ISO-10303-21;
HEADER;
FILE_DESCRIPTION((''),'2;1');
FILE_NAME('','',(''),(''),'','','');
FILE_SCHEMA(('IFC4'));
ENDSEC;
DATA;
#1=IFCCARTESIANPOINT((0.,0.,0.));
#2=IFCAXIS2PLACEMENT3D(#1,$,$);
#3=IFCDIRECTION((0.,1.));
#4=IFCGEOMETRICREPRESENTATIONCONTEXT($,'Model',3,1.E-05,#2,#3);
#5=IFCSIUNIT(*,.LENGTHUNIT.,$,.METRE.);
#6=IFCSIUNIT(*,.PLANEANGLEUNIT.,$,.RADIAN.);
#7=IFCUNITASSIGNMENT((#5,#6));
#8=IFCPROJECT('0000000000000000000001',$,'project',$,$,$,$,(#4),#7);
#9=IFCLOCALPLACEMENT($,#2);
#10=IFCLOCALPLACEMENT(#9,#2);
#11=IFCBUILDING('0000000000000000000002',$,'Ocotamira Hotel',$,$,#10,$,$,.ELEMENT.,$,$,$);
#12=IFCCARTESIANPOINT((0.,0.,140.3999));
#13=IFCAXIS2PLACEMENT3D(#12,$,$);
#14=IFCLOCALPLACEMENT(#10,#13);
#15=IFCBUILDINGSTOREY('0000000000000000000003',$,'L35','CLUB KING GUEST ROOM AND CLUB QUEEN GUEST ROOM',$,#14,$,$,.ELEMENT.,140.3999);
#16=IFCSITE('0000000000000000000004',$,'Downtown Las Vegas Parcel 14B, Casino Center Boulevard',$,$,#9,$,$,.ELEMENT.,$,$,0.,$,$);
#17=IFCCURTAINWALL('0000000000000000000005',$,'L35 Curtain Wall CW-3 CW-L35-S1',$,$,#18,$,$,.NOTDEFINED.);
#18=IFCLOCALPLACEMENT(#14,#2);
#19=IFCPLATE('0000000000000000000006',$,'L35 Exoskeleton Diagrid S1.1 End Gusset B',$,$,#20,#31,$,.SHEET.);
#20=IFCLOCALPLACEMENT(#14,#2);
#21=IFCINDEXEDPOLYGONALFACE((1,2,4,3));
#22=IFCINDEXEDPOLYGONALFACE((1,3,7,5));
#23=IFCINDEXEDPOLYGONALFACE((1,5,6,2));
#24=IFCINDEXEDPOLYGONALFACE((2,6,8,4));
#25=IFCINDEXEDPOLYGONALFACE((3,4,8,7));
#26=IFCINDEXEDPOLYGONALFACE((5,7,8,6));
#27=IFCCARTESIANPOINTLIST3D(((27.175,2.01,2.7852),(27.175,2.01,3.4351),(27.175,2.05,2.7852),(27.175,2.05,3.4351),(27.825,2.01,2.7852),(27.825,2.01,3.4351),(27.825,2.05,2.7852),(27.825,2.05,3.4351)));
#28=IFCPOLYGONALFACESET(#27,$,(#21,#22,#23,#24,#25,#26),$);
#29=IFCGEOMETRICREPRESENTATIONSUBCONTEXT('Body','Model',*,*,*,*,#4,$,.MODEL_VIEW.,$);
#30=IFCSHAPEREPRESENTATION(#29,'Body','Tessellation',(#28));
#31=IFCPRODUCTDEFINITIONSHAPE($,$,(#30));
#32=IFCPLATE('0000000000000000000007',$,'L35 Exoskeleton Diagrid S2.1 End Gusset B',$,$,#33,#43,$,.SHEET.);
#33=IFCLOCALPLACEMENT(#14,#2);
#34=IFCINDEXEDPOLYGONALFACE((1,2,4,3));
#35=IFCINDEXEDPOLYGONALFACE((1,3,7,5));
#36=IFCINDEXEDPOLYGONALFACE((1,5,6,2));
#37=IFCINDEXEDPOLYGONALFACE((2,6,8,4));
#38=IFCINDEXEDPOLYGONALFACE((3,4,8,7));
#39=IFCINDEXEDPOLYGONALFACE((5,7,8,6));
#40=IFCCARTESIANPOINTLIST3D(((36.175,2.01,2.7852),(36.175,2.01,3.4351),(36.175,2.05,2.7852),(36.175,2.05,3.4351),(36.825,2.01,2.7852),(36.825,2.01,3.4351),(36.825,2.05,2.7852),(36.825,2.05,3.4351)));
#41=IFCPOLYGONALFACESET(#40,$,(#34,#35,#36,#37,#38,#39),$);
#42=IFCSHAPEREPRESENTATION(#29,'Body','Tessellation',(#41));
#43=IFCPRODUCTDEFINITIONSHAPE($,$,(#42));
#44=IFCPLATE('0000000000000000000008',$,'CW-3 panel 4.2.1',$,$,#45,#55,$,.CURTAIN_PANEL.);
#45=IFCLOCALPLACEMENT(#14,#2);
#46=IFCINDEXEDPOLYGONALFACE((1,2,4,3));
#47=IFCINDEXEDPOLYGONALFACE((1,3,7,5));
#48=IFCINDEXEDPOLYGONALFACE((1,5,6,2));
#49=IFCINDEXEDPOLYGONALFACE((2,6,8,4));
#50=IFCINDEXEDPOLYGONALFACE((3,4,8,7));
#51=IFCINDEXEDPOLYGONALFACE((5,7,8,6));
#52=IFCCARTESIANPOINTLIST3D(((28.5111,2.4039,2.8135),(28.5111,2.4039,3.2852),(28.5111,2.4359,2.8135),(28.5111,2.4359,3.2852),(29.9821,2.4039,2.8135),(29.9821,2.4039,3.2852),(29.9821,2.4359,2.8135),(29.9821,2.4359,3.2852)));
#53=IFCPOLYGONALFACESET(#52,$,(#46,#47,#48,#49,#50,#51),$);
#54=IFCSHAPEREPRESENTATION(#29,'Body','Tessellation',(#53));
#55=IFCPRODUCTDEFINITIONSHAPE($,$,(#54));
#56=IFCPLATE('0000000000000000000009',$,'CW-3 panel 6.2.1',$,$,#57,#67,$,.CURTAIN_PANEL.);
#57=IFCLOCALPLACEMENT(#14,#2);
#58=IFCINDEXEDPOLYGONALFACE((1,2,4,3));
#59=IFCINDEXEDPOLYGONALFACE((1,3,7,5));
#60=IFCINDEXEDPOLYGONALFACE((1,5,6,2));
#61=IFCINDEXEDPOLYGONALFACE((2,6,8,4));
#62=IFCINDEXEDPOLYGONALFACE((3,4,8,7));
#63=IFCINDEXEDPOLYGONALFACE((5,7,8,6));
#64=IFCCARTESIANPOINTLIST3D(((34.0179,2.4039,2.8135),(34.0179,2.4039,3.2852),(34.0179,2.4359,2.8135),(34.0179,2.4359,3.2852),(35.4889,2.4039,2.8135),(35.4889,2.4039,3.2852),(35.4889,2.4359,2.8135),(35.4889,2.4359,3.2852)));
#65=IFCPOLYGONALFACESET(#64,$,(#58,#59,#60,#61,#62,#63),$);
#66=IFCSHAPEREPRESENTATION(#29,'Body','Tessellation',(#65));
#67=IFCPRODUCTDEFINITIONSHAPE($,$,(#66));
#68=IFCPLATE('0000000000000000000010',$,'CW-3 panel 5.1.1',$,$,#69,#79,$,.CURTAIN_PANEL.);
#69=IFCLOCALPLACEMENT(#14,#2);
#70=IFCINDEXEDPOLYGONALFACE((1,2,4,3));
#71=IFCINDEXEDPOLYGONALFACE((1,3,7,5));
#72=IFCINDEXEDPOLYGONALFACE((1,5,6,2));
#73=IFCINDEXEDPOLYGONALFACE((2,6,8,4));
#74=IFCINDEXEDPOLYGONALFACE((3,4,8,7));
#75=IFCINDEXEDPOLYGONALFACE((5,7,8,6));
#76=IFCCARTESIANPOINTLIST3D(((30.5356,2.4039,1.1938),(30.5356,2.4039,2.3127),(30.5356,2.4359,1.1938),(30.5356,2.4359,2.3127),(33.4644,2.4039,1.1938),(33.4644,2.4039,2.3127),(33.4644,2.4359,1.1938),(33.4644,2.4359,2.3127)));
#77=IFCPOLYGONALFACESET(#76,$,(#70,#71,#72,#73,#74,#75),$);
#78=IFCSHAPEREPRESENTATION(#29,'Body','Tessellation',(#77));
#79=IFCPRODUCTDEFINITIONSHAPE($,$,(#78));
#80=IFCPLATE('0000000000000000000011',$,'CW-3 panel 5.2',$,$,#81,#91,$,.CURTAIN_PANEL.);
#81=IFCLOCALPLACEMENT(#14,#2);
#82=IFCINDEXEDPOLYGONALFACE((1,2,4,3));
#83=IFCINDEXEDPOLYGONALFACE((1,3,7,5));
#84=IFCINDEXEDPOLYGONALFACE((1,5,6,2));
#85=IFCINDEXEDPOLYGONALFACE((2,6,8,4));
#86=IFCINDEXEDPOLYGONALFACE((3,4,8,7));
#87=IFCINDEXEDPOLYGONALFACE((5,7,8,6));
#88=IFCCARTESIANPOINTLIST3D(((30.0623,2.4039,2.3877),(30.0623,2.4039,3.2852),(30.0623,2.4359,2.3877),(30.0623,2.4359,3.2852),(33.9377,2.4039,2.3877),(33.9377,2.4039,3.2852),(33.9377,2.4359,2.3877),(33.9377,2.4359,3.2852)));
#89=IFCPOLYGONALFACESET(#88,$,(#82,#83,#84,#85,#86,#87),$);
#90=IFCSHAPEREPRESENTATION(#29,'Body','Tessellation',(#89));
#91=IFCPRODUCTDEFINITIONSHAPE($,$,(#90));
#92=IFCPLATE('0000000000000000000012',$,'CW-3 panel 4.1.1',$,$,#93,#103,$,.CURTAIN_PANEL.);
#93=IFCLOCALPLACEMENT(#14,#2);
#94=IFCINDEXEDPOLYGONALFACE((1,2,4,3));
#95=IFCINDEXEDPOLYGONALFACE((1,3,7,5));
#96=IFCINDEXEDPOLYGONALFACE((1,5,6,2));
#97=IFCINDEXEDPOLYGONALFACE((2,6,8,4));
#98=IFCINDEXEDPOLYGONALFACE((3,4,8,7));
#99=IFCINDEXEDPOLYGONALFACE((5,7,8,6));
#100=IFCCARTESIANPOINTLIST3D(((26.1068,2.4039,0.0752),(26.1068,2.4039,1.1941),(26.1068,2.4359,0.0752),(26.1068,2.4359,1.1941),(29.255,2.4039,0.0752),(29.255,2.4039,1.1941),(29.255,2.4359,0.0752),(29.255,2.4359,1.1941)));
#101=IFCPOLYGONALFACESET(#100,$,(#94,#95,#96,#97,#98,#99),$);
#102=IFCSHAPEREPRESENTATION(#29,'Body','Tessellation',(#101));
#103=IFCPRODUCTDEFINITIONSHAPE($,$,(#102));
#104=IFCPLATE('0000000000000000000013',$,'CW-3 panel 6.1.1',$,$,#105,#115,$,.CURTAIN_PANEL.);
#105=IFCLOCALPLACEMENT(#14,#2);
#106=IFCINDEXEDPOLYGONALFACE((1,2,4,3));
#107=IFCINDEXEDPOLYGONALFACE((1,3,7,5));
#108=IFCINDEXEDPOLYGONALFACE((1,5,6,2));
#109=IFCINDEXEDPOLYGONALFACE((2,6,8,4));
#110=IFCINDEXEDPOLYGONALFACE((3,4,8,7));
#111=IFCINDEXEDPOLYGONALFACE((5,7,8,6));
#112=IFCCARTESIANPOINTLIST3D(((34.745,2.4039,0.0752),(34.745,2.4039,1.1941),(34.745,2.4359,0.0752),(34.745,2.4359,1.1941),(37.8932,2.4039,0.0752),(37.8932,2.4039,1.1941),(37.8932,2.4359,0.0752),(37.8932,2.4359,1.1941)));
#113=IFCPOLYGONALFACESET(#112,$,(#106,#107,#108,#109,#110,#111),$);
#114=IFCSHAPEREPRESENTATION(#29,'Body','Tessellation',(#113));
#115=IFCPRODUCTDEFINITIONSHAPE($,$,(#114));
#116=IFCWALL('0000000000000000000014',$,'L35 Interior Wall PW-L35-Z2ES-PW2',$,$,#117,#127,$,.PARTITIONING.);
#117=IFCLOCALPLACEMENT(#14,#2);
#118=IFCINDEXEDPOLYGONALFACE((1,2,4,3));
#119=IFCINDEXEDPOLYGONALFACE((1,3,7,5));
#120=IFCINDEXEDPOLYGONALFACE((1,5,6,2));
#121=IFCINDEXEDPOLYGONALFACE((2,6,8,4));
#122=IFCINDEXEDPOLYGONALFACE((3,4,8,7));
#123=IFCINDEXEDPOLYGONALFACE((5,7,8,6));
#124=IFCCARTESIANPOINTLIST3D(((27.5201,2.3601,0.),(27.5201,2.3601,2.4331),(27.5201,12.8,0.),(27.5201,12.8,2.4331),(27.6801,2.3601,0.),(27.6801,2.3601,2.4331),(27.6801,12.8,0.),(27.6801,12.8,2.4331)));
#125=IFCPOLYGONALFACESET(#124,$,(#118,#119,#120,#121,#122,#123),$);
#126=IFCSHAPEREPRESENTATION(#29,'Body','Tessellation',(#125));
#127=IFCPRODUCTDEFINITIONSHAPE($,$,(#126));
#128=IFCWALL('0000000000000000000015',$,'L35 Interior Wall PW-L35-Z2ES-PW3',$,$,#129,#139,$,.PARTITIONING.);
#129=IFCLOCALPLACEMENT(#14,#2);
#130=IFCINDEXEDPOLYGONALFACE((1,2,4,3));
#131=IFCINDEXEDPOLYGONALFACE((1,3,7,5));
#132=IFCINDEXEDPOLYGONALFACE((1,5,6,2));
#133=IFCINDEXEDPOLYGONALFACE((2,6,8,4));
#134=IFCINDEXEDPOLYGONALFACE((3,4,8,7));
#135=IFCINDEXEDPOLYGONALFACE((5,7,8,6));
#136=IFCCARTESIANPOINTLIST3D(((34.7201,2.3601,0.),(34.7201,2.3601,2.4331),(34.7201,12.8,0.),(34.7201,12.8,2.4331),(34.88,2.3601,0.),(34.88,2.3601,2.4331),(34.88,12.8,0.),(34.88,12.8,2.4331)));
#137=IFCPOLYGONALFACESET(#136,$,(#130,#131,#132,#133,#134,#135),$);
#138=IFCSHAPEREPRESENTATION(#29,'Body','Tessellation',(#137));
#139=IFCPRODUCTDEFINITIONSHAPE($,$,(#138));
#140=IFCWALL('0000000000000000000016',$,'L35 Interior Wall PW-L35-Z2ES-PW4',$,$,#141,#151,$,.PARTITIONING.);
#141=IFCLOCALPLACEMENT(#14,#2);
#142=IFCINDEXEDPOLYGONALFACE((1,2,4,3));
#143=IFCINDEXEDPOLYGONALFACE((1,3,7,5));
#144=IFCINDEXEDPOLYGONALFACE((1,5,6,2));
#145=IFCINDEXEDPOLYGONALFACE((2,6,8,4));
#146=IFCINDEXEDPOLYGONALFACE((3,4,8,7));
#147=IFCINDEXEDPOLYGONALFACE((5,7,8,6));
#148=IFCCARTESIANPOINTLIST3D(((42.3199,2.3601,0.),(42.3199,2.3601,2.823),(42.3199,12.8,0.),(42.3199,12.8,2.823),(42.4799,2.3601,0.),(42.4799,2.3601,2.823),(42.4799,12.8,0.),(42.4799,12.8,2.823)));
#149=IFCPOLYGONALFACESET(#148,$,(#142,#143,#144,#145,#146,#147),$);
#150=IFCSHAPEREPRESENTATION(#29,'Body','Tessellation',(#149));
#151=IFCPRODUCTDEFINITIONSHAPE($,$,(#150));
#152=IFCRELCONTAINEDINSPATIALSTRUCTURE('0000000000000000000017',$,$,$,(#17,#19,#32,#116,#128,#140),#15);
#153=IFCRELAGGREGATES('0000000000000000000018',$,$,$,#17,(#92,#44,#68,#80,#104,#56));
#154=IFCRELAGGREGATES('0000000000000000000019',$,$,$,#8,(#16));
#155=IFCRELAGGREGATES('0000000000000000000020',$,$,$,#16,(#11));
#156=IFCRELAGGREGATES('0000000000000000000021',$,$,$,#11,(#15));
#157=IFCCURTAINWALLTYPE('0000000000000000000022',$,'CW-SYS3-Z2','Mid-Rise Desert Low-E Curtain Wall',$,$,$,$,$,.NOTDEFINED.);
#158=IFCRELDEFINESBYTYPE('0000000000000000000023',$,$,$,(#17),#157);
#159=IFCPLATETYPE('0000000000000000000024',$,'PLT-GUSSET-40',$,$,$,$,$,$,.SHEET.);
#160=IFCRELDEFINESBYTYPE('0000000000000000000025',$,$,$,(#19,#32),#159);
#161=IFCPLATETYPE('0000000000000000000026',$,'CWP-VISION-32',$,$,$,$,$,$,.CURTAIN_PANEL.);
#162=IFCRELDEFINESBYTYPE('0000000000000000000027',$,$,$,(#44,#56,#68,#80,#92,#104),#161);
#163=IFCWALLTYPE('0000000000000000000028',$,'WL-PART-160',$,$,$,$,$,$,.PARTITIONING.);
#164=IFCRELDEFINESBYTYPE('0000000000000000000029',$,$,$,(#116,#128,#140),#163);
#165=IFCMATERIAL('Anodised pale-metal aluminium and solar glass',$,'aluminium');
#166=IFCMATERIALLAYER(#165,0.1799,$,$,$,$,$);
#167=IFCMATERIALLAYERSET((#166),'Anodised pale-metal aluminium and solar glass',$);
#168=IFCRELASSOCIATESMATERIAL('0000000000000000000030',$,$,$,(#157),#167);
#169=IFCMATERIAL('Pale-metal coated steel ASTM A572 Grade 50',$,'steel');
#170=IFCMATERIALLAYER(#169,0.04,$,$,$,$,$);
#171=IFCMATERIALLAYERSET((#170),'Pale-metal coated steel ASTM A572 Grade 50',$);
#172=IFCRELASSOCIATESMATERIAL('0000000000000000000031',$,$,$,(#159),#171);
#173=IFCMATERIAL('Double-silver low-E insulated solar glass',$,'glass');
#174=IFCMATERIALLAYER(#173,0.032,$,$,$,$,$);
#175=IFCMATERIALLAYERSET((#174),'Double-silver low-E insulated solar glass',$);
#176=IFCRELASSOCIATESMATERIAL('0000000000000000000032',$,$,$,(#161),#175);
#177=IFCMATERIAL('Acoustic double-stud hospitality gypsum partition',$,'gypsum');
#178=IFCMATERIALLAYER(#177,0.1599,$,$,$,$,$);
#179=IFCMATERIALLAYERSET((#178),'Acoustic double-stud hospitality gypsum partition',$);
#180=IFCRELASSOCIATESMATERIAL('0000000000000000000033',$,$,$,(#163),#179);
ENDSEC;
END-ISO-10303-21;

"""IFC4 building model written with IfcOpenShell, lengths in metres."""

from ifc_helpers import new_model, si_unit, direction, frame, frame_2d, origin, origin_2d, place, context, subcontext, project, spatial, rectangle, extrude, source, transform, mapped, material, layer, layer_set, type_object, element, aggregate, save


model = new_model("IFC4")

# Units and contexts
model_context = context("Model", 3, precision=1e-05, world=origin(), true_north=direction((0.0, 1.0)))
body_context = subcontext(model_context, "Body", "Model", "MODEL_VIEW")
ifc_project = project(units=[si_unit("LENGTHUNIT", "METRE"), si_unit("PLANEANGLEUNIT", "RADIAN")], contexts=[model_context])

# Site, building, storey
site_placement = place(None, origin())
site = spatial("IfcSite", under=ifc_project, at=site_placement, Name="Downtown Las Vegas Parcel 14B, Casino Center Boulevard", CompositionType="ELEMENT", RefElevation=0.0)
building_placement = place(site_placement, origin())
building = spatial("IfcBuilding", under=site, at=building_placement, Name="Ocotamira Hotel", CompositionType="ELEMENT")
storey_placement = place(building_placement, frame((0.0, 0.0, 140.3999)))
storey = spatial("IfcBuildingStorey", under=building, at=storey_placement, Name="L35", Description="CLUB KING GUEST ROOM AND CLUB QUEEN GUEST ROOM", CompositionType="ELEMENT", Elevation=140.3999)

# Curtain wall
ifc_material_1 = material(Name="Anodised pale-metal aluminium and solar glass", Category="aluminium")
ifc_layer_1 = layer(ifc_material_1, 0.1799)
ifc_layer_set_1 = layer_set([ifc_layer_1], Name="Anodised pale-metal aluminium and solar glass")
curtain_wall_type = type_object("IfcCurtainWallType", Name="CW-SYS3-Z2", Description="Mid-Rise Desert Low-E Curtain Wall", PredefinedType="NOTDEFINED", material=ifc_layer_set_1)
curtain_wall_placement = place(storey_placement, origin())
curtain_wall = element("IfcCurtainWall", 1, at=curtain_wall_placement, inside=storey, type_object=curtain_wall_type, Name="L35 Curtain Wall CW-3 CW-L35-S1", PredefinedType="NOTDEFINED")

# Plates
ifc_material_2 = material(Name="Pale-metal coated steel ASTM A572 Grade 50", Category="steel")
ifc_layer_2 = layer(ifc_material_2, 0.04)
ifc_layer_set_2 = layer_set([ifc_layer_2], Name="Pale-metal coated steel ASTM A572 Grade 50")
plate_type_1 = type_object("IfcPlateType", Name="PLT-GUSSET-40", PredefinedType="SHEET", material=ifc_layer_set_2)
shared_shape_1 = source(origin(), body_context, "Body", "SweptSolid", [
    extrude(rectangle(XDim=0.6499, YDim=0.04, at=origin_2d()), origin(), (0.0, 0.0, 1.0), 0.6499),
])
for number, where, z_axis, x_axis, name in (
    (2, (27.5, 2.03, 2.7852), (0.0, 0.0, 1.0), (1.0, 0.0, 0.0), "L35 Exoskeleton Diagrid S1.1 End Gusset B"),
    (3, (36.5, 2.03, 2.7852), (0.0, 0.0, 1.0), (1.0, 0.0, 0.0), "L35 Exoskeleton Diagrid S2.1 End Gusset B"),
):
    element("IfcPlate", number, at=place(storey_placement, frame(where, z_axis=z_axis, x_axis=x_axis)), inside=storey, type_object=plate_type_1, Name=name, PredefinedType="SHEET", context=body_context, shape_type="MappedRepresentation", body=[
        mapped(shared_shape_1, transform((0.0, 0.0, 0.0), scale=1.0)),
    ])

# Plates
ifc_material_3 = material(Name="Double-silver low-E insulated solar glass", Category="glass")
ifc_layer_3 = layer(ifc_material_3, 0.032)
ifc_layer_set_3 = layer_set([ifc_layer_3], Name="Double-silver low-E insulated solar glass")
plate_type_2 = type_object("IfcPlateType", Name="CWP-VISION-32", PredefinedType="CURTAIN_PANEL", material=ifc_layer_set_3)
shared_shape_2 = source(origin(), body_context, "Body", "SweptSolid", [
    extrude(rectangle(XDim=1.4709, YDim=0.032, at=origin_2d()), origin(), (0.0, 0.0, 1.0), 0.4717),
])
plate_1_placement = place(storey_placement, frame((29.2466, 2.4199, 2.8135), z_axis=(0.0, 0.0, 1.0), x_axis=(1.0, 0.0, 0.0)))
plate_1 = element("IfcPlate", 4, at=plate_1_placement, type_object=plate_type_2, Name="CW-3 panel 4.2.1", PredefinedType="CURTAIN_PANEL", context=body_context, shape_type="MappedRepresentation", body=[
    mapped(shared_shape_2, transform((0.0, 0.0, 0.0), scale=1.0)),
])
plate_2_placement = place(storey_placement, frame((34.7534, 2.4199, 2.8135), z_axis=(0.0, 0.0, 1.0), x_axis=(1.0, 0.0, 0.0)))
plate_2 = element("IfcPlate", 5, at=plate_2_placement, type_object=plate_type_2, Name="CW-3 panel 6.2.1", PredefinedType="CURTAIN_PANEL", context=body_context, shape_type="MappedRepresentation", body=[
    mapped(shared_shape_2, transform((0.0, 0.0, 0.0), scale=1.0)),
])
shared_shape_3 = source(origin(), body_context, "Body", "SweptSolid", [
    extrude(rectangle(XDim=2.9287, YDim=0.032, at=origin_2d()), origin(), (0.0, 0.0, 1.0), 1.1189),
])
plate_3_placement = place(storey_placement, frame((32.0, 2.4199, 1.1938), z_axis=(0.0, 0.0, 1.0), x_axis=(1.0, 0.0, 0.0)))
plate_3 = element("IfcPlate", 6, at=plate_3_placement, type_object=plate_type_2, Name="CW-3 panel 5.1.1", PredefinedType="CURTAIN_PANEL", context=body_context, shape_type="MappedRepresentation", body=[
    mapped(shared_shape_3, transform((0.0, 0.0, 0.0), scale=1.0)),
])
shared_shape_4 = source(origin(), body_context, "Body", "SweptSolid", [
    extrude(rectangle(XDim=3.8755, YDim=0.032, at=origin_2d()), origin(), (0.0, 0.0, 1.0), 0.8975),
])
plate_4_placement = place(storey_placement, frame((32.0, 2.4199, 2.3877), z_axis=(0.0, 0.0, 1.0), x_axis=(1.0, 0.0, 0.0)))
plate_4 = element("IfcPlate", 7, at=plate_4_placement, type_object=plate_type_2, Name="CW-3 panel 5.2", PredefinedType="CURTAIN_PANEL", context=body_context, shape_type="MappedRepresentation", body=[
    mapped(shared_shape_4, transform((0.0, 0.0, 0.0), scale=1.0)),
])
shared_shape_5 = source(origin(), body_context, "Body", "SweptSolid", [
    extrude(rectangle(XDim=3.1482, YDim=0.032, at=origin_2d()), origin(), (0.0, 0.0, 1.0), 1.1189),
])
plate_5_placement = place(storey_placement, frame((27.6809, 2.4199, 0.0752), z_axis=(0.0, 0.0, 1.0), x_axis=(1.0, 0.0, 0.0)))
plate_5 = element("IfcPlate", 8, at=plate_5_placement, type_object=plate_type_2, Name="CW-3 panel 4.1.1", PredefinedType="CURTAIN_PANEL", context=body_context, shape_type="MappedRepresentation", body=[
    mapped(shared_shape_5, transform((0.0, 0.0, 0.0), scale=1.0)),
])
plate_6_placement = place(storey_placement, frame((36.3191, 2.4199, 0.0752), z_axis=(0.0, 0.0, 1.0), x_axis=(1.0, 0.0, 0.0)))
plate_6 = element("IfcPlate", 9, at=plate_6_placement, type_object=plate_type_2, Name="CW-3 panel 6.1.1", PredefinedType="CURTAIN_PANEL", context=body_context, shape_type="MappedRepresentation", body=[
    mapped(shared_shape_5, transform((0.0, 0.0, 0.0), scale=1.0)),
])
aggregate(curtain_wall, [plate_5, plate_1, plate_3, plate_4, plate_6, plate_2])

# Walls
ifc_material_4 = material(Name="Acoustic double-stud hospitality gypsum partition", Category="gypsum")
ifc_layer_4 = layer(ifc_material_4, 0.1599)
ifc_layer_set_4 = layer_set([ifc_layer_4], Name="Acoustic double-stud hospitality gypsum partition")
wall_type = type_object("IfcWallType", Name="WL-PART-160", PredefinedType="PARTITIONING", material=ifc_layer_set_4)
for number, where, z_axis, x_axis, name in (
    (10, (27.6001, 2.3601, 0.0), (0.0, 0.0, 1.0), (0.0, 1.0, 0.0), "L35 Interior Wall PW-L35-Z2ES-PW2"),
    (11, (34.8, 2.3601, 0.0), (0.0, 0.0, 1.0), (0.0, 1.0, 0.0), "L35 Interior Wall PW-L35-Z2ES-PW3"),
):
    element("IfcWall", number, at=place(storey_placement, frame(where, z_axis=z_axis, x_axis=x_axis)), inside=storey, type_object=wall_type, Name=name, PredefinedType="PARTITIONING", context=body_context, shape_type="SweptSolid", body=[
        extrude(rectangle(XDim=10.4399, YDim=0.1599, at=frame_2d((5.22, 0.0))), origin(), (0.0, 0.0, 1.0), 2.4331),
    ])
wall_placement = place(storey_placement, frame((42.3999, 2.3601, 0.0), z_axis=(0.0, 0.0, 1.0), x_axis=(0.0, 1.0, 0.0)))
element("IfcWall", 12, at=wall_placement, inside=storey, type_object=wall_type, Name="L35 Interior Wall PW-L35-Z2ES-PW4", PredefinedType="PARTITIONING", context=body_context, shape_type="SweptSolid", body=[
    extrude(rectangle(XDim=10.4399, YDim=0.1599, at=frame_2d((5.22, 0.0))), origin(), (0.0, 0.0, 1.0), 2.823),
])

save(model, "model.ifc")
